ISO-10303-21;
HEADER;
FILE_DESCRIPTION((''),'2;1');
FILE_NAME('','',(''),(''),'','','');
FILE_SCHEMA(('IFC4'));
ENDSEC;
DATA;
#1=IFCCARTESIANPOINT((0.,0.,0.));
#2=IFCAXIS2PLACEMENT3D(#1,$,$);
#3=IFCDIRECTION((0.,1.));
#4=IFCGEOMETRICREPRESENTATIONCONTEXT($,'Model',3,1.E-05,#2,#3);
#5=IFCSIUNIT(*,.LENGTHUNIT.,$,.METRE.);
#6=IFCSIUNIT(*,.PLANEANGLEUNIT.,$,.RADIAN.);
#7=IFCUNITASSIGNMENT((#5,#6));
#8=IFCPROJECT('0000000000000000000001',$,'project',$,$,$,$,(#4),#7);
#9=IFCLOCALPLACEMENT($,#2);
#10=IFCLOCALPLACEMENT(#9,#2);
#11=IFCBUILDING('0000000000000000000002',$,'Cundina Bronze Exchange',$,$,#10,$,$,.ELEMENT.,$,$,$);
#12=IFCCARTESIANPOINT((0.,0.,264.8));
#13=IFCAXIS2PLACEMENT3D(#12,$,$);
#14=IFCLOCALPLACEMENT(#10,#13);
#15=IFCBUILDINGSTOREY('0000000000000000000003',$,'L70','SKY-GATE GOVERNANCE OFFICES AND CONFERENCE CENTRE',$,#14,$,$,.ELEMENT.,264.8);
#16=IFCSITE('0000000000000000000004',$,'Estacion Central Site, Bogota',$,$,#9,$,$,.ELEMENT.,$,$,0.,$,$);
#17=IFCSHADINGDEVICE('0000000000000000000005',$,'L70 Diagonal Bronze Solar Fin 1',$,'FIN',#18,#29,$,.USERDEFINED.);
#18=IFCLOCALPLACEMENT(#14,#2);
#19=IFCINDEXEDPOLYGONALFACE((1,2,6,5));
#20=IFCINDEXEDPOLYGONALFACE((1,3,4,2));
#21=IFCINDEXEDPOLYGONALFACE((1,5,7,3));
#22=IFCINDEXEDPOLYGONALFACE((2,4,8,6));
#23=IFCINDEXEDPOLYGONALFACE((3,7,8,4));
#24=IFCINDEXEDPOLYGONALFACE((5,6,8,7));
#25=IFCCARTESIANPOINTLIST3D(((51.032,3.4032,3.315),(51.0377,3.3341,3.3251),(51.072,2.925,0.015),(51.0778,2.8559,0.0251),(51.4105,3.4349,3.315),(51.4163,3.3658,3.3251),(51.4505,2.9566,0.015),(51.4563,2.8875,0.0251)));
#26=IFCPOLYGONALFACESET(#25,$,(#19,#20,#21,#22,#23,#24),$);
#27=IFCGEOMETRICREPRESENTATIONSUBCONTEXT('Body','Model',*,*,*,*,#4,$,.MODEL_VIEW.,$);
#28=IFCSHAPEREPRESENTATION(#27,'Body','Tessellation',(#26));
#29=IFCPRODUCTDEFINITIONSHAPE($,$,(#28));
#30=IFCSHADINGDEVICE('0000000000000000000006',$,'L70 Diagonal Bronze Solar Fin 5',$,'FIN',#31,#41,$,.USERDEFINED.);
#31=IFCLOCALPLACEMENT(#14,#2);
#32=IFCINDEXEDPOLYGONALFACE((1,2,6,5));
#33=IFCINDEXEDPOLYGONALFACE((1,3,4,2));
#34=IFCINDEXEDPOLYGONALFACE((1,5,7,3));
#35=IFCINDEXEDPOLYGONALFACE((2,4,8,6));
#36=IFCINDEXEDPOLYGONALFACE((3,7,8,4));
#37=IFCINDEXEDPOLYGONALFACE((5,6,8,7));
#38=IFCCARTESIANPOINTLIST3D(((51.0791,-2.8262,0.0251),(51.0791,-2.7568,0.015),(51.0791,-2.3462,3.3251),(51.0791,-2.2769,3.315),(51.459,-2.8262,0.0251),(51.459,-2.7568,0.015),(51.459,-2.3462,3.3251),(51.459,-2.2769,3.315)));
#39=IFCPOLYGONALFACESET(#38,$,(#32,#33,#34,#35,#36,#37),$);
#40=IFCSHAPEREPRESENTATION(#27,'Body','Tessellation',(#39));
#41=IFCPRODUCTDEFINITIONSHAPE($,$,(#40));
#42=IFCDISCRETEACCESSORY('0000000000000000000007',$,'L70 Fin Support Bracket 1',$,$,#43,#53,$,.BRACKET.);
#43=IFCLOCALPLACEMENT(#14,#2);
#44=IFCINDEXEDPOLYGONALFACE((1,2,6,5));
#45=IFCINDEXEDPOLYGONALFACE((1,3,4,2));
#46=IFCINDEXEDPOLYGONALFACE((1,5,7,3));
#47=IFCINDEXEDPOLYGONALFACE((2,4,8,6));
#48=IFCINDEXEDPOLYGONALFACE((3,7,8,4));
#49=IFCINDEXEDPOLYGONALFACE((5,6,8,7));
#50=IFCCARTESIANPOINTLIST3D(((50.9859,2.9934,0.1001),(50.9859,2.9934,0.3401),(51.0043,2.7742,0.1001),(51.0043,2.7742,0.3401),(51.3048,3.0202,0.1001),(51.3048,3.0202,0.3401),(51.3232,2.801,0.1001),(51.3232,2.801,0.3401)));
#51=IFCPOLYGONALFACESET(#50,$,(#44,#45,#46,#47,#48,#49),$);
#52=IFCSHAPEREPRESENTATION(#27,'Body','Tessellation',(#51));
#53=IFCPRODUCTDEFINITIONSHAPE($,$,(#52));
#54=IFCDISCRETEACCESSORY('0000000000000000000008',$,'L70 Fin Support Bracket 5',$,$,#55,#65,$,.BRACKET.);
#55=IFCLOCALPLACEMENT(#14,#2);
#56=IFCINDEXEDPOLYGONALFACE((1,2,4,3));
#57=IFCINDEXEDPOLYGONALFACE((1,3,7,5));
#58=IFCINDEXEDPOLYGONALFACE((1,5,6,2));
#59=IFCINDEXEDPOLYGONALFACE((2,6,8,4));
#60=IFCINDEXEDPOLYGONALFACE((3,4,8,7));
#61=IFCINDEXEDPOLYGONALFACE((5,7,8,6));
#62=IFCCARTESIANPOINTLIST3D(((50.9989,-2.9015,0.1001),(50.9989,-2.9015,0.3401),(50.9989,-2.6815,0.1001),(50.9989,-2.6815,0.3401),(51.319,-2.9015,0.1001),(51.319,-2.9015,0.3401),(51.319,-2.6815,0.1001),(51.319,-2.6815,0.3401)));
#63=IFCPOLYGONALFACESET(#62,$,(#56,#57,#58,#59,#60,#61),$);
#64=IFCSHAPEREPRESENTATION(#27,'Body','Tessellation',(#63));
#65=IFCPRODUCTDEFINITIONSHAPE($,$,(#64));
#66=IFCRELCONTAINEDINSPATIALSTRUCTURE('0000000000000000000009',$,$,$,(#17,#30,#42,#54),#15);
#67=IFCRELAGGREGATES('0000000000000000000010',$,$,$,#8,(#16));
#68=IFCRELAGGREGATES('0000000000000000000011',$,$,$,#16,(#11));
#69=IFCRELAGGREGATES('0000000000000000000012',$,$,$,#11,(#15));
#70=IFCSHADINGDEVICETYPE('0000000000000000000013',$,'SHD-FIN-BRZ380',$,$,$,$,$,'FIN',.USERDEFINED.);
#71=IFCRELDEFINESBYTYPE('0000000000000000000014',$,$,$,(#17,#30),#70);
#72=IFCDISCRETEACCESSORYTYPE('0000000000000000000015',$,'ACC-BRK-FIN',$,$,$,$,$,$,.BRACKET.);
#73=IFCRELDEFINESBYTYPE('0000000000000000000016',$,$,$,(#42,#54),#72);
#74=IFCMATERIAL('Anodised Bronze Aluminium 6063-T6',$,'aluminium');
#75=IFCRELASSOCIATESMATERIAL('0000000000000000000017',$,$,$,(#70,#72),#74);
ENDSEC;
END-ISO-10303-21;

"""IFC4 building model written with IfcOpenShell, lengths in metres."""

from ifc_helpers import new_model, si_unit, direction, frame, origin, origin_2d, place, context, subcontext, project, spatial, rectangle, extrude, material, material_profile, profile_set, type_object, element, save


model = new_model("IFC4")

# Units and contexts
model_context = context("Model", 3, precision=1e-05, world=origin(), true_north=direction((0.0, 1.0)))
body_context = subcontext(model_context, "Body", "Model", "MODEL_VIEW")
ifc_project = project(units=[si_unit("LENGTHUNIT", "METRE"), si_unit("PLANEANGLEUNIT", "RADIAN")], contexts=[model_context])

# Site, building, storey
site_placement = place(None, origin())
site = spatial("IfcSite", under=ifc_project, at=site_placement, Name="Estacion Central Site, Bogota", CompositionType="ELEMENT", RefElevation=0.0)
building_placement = place(site_placement, origin())
building = spatial("IfcBuilding", under=site, at=building_placement, Name="Cundina Bronze Exchange", CompositionType="ELEMENT")
storey_placement = place(building_placement, frame((0.0, 0.0, 264.8)))
storey = spatial("IfcBuildingStorey", under=building, at=storey_placement, Name="L70", Description="SKY-GATE GOVERNANCE OFFICES AND CONFERENCE CENTRE", CompositionType="ELEMENT", Elevation=264.8)

# Shared definitions
ifc_material_1 = material(Name="Anodised Bronze Aluminium 6063-T6", Category="aluminium")

# Shading devices
ifc_material_profile_1 = material_profile(ifc_material_1, rectangle(XDim=0.0701, YDim=0.3799, at=origin_2d()), Name="FIN70X380", Category="aluminium")
ifc_profile_set_1 = profile_set([ifc_material_profile_1], Name="Anodised Bronze Aluminium 6063-T6")
shading_device_type = type_object("IfcShadingDeviceType", Name="SHD-FIN-BRZ380", ElementType="FIN", PredefinedType="USERDEFINED", material=ifc_profile_set_1)
for number, where, z_axis, x_axis, name in (
    (1, (51.2642, 2.9062, 0.02), (-0.012007, 0.14342, 0.989589), (0.082556, -0.98614, 0.143921), "L70 Diagonal Bronze Solar Fin 1"),
    (2, (51.269, -2.7915, 0.02), (0.0, 0.143932, 0.989588), (0.0, -0.989588, 0.143932), "L70 Diagonal Bronze Solar Fin 5"),
):
    element("IfcShadingDevice", number, at=place(storey_placement, frame(where, z_axis=z_axis, x_axis=x_axis)), inside=storey, type_object=shading_device_type, Name=name, ObjectType="FIN", PredefinedType="USERDEFINED", context=body_context, shape_type="SweptSolid", body=[
        extrude(rectangle(XDim=0.0701, YDim=0.3799, at=origin_2d()), origin(), (0.0, 0.0, 1.0), 3.3347),
    ])

# Discrete accessories
discrete_accessory_type = type_object("IfcDiscreteAccessoryType", Name="ACC-BRK-FIN", PredefinedType="BRACKET", material=ifc_material_1)
for number, where, z_axis, x_axis, name in (
    (3, (51.1545, 2.8972, 0.1001), (0.0, 0.0, 1.0), (-0.083747, 0.996487, 0.0), "L70 Fin Support Bracket 1"),
    (4, (51.1589, -2.7915, 0.1001), (0.0, 0.0, 1.0), (0.0, 1.0, 0.0), "L70 Fin Support Bracket 5"),
):
    element("IfcDiscreteAccessory", number, at=place(storey_placement, frame(where, z_axis=z_axis, x_axis=x_axis)), inside=storey, type_object=discrete_accessory_type, Name=name, PredefinedType="BRACKET", context=body_context, shape_type="SweptSolid", body=[
        extrude(rectangle(XDim=0.22, YDim=0.3201, at=origin_2d()), origin(), (0.0, 0.0, 1.0), 0.24),
    ])

save(model, "model.ifc")
